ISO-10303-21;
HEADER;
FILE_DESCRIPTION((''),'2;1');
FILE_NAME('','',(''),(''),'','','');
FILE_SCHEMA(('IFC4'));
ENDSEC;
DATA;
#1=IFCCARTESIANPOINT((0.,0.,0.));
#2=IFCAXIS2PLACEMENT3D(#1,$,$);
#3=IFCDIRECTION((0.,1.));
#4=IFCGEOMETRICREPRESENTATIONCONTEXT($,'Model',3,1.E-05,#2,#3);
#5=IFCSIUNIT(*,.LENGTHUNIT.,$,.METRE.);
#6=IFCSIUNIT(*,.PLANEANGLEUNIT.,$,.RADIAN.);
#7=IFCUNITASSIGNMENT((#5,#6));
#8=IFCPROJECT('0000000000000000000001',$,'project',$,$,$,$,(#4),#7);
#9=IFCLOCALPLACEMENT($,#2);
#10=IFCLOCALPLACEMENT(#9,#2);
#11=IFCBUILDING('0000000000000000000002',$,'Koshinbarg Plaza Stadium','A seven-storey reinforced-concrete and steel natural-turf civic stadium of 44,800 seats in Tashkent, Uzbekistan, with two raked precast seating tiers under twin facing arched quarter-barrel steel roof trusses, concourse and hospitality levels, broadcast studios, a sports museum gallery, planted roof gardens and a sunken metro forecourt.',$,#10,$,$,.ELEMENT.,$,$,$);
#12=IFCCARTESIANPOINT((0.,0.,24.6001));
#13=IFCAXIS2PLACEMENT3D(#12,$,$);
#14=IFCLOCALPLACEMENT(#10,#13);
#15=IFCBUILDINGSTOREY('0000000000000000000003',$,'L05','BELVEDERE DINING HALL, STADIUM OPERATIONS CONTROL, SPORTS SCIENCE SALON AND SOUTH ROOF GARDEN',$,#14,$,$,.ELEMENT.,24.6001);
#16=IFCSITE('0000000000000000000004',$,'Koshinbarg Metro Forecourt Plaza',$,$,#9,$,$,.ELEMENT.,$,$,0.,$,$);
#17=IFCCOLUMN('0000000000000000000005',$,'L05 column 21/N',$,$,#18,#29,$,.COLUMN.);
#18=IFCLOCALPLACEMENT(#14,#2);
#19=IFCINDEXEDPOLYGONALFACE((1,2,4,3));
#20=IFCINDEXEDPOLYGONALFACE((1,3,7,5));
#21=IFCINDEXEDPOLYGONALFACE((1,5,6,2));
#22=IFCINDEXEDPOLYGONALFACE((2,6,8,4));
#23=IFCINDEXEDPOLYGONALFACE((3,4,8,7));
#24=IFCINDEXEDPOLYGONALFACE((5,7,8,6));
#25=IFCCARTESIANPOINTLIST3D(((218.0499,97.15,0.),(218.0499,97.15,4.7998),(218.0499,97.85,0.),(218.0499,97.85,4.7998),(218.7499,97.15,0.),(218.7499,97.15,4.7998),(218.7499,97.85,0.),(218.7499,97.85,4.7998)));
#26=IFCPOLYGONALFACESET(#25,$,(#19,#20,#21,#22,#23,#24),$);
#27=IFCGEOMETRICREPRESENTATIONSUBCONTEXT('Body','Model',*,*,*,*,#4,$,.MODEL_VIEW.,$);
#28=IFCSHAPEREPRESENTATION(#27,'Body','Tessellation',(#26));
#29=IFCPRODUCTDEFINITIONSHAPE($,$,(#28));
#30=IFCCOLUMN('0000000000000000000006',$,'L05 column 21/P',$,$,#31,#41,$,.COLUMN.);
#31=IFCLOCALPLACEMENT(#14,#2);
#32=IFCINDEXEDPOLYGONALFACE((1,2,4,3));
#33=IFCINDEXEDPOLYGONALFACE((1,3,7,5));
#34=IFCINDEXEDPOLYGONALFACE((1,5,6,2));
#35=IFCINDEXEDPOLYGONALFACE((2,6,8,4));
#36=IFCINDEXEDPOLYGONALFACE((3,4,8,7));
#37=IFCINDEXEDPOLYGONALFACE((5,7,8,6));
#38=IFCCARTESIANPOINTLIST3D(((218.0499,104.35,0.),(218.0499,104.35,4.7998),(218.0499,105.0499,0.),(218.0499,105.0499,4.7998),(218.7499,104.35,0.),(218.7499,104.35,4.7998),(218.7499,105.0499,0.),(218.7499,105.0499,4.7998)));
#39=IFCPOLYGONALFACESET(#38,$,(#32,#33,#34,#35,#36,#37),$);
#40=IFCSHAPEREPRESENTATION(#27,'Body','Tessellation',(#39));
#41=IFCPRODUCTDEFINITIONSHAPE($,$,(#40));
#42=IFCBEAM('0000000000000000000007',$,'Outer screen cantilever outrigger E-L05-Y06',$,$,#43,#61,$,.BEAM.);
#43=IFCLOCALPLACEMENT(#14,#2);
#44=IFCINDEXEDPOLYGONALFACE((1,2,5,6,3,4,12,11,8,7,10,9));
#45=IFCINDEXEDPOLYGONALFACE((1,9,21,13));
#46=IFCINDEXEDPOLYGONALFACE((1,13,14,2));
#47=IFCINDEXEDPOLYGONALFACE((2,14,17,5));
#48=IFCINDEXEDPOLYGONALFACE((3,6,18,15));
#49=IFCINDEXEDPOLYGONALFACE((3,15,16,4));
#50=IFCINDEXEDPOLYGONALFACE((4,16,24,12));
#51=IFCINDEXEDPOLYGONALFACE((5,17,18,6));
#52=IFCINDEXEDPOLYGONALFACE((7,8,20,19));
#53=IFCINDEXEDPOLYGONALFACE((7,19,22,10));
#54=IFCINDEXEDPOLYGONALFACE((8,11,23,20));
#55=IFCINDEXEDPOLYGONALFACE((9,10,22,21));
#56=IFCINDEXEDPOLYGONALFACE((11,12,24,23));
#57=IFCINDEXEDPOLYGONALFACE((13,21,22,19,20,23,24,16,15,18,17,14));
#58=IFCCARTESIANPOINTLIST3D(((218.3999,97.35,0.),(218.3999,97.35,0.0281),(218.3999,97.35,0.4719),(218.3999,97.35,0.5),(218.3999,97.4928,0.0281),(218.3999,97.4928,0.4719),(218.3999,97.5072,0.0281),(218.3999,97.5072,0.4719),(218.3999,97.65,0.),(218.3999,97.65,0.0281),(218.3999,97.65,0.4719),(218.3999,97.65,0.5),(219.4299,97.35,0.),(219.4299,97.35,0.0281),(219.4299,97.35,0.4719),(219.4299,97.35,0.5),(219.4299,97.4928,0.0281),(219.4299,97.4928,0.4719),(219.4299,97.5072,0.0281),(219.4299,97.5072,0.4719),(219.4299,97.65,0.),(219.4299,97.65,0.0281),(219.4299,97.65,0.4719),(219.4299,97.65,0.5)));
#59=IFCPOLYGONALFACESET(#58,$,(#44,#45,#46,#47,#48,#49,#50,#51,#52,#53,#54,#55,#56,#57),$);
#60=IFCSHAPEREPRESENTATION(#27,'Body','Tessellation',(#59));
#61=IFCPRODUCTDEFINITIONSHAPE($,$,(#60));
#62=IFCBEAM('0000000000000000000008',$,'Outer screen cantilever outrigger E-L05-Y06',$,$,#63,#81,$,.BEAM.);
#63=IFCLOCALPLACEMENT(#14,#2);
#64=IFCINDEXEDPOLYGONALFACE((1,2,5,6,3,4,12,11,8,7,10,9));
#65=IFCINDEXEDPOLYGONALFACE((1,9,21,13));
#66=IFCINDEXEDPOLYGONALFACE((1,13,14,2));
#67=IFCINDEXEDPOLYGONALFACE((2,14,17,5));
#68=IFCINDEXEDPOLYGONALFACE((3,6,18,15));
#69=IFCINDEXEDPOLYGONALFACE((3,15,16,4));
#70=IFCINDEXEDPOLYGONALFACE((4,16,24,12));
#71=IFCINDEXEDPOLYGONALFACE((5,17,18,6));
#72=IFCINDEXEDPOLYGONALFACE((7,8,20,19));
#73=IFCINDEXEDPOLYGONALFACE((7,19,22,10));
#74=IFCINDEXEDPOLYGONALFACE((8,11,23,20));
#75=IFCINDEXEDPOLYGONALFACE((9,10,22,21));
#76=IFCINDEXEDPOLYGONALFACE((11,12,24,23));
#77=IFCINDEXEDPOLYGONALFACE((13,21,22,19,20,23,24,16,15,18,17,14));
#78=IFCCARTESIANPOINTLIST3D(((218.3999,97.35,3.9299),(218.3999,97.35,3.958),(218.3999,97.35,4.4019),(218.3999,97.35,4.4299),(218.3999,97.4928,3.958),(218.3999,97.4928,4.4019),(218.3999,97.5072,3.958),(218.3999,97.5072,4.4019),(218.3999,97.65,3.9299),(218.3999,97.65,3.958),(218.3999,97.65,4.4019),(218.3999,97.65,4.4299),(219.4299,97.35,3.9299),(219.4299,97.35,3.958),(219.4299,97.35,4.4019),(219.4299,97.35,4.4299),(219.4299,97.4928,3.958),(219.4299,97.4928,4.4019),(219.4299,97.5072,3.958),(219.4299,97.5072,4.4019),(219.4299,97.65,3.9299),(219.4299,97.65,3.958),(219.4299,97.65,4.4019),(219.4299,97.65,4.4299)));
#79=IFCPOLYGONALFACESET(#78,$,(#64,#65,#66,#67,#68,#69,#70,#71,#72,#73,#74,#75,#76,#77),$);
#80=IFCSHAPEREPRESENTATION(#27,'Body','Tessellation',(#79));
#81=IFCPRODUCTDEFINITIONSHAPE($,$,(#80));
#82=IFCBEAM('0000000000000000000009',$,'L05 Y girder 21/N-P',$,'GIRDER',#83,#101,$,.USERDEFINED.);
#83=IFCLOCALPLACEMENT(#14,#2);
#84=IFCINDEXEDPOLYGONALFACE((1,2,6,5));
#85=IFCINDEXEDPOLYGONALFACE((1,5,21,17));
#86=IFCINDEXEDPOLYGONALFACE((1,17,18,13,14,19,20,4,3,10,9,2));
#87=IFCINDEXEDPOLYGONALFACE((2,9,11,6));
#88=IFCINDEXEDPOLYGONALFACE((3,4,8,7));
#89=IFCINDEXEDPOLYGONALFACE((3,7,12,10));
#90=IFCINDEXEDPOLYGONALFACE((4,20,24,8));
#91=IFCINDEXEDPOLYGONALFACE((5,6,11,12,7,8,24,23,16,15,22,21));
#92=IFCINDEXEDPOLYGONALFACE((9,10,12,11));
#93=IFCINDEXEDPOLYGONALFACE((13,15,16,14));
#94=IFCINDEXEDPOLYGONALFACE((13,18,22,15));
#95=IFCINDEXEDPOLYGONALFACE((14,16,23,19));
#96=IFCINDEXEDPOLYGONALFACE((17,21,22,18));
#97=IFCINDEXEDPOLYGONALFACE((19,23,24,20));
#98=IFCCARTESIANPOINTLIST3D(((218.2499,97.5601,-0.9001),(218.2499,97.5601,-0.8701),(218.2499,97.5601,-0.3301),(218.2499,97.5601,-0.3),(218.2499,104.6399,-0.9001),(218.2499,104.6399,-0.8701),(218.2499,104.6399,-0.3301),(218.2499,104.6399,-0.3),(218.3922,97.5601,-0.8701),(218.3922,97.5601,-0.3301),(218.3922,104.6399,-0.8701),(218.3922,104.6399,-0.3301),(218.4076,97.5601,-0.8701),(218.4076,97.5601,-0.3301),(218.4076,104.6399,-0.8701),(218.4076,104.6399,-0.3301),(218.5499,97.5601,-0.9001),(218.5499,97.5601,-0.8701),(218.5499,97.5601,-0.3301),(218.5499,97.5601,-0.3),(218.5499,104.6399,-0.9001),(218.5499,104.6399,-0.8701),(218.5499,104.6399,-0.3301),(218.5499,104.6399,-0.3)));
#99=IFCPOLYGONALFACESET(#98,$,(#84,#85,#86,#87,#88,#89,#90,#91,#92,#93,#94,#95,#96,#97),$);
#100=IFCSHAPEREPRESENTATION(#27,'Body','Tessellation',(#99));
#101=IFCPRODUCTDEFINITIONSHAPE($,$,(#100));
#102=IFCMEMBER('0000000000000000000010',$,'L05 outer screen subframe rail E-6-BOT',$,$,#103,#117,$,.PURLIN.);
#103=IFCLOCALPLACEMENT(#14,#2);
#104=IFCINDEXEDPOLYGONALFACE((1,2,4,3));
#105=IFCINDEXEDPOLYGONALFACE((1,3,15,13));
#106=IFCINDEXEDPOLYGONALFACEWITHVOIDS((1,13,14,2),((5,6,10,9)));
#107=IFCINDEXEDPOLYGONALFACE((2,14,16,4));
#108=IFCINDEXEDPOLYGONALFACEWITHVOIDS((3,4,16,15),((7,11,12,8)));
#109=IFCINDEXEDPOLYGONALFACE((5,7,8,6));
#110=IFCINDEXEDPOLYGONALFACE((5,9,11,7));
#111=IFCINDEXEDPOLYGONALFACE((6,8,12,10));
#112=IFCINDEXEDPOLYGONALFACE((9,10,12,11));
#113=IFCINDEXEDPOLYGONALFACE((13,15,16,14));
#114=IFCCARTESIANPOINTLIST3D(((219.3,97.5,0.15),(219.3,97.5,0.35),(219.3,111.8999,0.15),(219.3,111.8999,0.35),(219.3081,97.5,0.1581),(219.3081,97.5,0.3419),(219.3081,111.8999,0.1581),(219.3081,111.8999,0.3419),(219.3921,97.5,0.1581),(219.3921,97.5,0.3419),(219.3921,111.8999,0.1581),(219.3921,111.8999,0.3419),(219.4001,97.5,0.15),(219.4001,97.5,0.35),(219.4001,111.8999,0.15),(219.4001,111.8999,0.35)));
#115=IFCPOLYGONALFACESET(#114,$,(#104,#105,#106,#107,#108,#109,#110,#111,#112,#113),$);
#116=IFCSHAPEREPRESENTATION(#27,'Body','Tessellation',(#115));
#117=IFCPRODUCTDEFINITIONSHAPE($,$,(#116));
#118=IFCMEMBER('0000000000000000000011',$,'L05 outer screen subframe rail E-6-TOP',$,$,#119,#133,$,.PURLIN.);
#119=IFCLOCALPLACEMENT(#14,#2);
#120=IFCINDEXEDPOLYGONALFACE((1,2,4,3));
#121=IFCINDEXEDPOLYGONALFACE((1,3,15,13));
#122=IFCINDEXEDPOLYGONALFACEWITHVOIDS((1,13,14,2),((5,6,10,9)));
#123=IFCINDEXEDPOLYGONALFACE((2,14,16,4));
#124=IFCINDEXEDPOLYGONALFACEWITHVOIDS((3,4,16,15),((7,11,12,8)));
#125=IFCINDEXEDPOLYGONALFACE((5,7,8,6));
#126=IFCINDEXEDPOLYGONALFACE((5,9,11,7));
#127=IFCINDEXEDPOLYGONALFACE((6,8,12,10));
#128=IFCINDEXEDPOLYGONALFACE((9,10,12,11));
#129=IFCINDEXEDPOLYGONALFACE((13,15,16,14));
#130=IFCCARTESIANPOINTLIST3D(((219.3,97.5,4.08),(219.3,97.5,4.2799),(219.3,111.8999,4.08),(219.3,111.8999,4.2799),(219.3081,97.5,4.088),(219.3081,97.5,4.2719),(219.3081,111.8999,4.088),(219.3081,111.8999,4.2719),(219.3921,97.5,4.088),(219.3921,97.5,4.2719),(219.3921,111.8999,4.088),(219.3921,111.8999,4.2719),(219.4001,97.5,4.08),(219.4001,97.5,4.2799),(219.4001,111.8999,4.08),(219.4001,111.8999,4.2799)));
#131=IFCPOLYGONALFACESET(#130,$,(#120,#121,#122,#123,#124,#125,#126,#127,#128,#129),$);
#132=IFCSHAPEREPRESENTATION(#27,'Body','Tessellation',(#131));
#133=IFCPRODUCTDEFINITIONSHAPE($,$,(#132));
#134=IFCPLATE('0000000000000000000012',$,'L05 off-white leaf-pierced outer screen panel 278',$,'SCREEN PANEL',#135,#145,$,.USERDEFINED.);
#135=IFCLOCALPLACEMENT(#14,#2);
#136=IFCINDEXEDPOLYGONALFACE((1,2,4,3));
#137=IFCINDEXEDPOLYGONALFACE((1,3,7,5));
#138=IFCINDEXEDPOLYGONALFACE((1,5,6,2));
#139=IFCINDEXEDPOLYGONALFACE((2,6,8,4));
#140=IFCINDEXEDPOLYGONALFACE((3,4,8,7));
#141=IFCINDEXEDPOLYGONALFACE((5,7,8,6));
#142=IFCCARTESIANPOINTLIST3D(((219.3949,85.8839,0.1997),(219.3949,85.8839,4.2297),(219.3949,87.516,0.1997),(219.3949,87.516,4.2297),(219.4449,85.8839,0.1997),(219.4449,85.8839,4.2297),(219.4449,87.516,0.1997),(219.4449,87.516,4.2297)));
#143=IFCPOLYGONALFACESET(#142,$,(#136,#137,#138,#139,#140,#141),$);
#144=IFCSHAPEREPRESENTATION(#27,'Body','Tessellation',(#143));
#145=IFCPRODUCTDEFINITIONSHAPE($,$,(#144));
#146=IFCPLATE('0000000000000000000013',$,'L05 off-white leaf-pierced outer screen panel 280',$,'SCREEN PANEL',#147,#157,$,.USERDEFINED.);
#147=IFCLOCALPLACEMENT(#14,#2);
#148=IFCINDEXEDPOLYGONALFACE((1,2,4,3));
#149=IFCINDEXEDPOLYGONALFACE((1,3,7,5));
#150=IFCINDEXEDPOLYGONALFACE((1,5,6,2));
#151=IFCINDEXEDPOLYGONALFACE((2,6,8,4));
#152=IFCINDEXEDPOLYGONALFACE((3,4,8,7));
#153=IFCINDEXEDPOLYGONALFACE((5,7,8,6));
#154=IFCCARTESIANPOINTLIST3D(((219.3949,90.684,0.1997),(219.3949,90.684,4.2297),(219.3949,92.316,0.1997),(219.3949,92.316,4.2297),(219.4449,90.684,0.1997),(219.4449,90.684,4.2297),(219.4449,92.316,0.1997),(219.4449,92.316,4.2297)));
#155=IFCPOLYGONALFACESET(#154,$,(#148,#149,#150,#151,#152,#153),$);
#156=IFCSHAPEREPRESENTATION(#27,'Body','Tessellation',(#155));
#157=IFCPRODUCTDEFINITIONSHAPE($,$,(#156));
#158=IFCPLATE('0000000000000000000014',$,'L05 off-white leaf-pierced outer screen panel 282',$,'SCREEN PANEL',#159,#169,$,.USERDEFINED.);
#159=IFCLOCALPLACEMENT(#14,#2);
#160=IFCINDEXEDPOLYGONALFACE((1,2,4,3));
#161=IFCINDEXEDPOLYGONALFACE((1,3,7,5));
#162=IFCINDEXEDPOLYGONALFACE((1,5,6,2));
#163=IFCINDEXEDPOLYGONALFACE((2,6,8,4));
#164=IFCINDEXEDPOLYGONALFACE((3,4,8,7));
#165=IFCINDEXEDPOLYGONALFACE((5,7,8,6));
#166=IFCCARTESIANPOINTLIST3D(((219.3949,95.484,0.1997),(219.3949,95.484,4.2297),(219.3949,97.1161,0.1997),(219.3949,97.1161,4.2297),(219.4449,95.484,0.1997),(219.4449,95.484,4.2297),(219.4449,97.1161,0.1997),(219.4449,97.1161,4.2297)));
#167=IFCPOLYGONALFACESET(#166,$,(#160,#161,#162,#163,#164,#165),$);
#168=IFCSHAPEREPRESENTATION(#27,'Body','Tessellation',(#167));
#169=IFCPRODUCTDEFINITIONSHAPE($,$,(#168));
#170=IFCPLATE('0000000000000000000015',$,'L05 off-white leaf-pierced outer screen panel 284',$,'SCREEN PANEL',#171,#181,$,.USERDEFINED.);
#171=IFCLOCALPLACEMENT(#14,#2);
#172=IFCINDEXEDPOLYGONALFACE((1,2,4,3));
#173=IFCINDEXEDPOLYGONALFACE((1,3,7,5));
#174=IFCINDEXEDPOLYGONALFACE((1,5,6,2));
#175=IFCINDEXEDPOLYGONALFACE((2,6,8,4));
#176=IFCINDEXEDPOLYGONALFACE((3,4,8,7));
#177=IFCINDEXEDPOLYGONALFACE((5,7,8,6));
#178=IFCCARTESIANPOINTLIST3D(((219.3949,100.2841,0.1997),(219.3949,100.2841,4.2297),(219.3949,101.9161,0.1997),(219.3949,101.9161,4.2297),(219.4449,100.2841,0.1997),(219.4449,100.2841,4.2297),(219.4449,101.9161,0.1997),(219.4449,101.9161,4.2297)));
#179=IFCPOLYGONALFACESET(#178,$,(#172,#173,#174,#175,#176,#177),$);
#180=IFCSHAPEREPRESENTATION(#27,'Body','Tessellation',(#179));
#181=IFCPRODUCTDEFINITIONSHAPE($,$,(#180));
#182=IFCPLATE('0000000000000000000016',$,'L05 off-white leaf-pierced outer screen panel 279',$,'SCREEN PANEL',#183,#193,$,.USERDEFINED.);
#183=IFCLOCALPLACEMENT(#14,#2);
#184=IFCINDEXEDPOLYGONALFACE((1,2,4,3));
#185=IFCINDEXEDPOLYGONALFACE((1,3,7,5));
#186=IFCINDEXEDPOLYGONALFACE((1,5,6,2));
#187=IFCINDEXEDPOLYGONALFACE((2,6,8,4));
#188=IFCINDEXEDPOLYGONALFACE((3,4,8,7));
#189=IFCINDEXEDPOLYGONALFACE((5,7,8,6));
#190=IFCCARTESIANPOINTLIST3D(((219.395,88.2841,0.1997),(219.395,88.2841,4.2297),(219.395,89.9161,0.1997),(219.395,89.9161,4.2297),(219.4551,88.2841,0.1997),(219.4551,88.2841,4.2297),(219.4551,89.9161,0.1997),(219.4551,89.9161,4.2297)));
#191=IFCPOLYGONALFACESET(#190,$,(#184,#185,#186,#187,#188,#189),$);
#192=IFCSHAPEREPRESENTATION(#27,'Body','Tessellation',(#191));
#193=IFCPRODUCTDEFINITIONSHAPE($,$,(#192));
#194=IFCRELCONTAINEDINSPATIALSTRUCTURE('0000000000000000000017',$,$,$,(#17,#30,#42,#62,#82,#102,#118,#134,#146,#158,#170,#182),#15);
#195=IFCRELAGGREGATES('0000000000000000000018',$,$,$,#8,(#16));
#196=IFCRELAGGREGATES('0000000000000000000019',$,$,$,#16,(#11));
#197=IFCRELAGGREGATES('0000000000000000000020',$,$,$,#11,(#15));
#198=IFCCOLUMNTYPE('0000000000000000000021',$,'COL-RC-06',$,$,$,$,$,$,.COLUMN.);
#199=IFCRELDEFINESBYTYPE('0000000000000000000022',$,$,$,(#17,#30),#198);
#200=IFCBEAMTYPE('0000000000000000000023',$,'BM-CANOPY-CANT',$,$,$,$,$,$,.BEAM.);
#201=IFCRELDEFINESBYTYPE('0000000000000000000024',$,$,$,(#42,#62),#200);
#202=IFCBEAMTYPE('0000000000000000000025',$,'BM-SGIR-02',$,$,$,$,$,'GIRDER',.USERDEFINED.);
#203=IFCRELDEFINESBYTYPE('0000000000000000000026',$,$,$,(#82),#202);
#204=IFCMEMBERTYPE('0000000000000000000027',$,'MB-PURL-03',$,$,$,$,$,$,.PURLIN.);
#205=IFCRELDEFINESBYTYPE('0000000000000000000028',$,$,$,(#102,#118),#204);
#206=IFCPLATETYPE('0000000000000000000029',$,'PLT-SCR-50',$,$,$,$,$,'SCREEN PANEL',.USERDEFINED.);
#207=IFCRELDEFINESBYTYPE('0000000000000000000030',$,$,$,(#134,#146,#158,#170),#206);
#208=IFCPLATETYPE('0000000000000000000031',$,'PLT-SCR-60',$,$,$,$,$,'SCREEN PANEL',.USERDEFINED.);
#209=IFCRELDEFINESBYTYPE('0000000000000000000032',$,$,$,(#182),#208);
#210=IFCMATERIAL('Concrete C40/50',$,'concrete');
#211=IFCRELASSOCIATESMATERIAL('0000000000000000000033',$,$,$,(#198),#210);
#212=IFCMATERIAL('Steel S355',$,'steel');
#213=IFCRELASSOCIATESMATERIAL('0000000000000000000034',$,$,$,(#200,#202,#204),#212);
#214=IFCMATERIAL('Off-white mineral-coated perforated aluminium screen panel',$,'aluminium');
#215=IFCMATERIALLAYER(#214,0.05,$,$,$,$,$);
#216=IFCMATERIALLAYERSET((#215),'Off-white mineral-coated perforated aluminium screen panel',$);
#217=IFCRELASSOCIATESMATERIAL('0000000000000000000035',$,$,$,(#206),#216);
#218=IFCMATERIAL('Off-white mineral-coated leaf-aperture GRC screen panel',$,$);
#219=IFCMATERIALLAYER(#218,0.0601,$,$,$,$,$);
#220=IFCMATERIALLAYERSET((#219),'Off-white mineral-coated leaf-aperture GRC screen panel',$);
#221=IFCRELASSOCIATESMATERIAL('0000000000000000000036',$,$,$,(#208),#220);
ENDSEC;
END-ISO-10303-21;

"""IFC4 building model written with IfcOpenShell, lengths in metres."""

from ifc_helpers import new_model, si_unit, direction, frame, origin, origin_2d, place, context, subcontext, project, spatial, rectangle, hollow_rectangle, i_section, extrude, material, layer, layer_set, material_profile, profile_set, type_object, element, save


model = new_model("IFC4")

# Units and contexts
model_context = context("Model", 3, precision=1e-05, world=origin(), true_north=direction((0.0, 1.0)))
body_context = subcontext(model_context, "Body", "Model", "MODEL_VIEW")
ifc_project = project(units=[si_unit("LENGTHUNIT", "METRE"), si_unit("PLANEANGLEUNIT", "RADIAN")], contexts=[model_context])

# Site, building, storey
site_placement = place(None, origin())
site = spatial("IfcSite", under=ifc_project, at=site_placement, Name="Koshinbarg Metro Forecourt Plaza", CompositionType="ELEMENT", RefElevation=0.0)
building_placement = place(site_placement, origin())
building = spatial("IfcBuilding", under=site, at=building_placement, Name="Koshinbarg Plaza Stadium", Description="A seven-storey reinforced-concrete and steel natural-turf civic stadium of 44,800 seats in Tashkent, Uzbekistan, with two raked precast seating tiers under twin facing arched quarter-barrel steel roof trusses, concourse and hospitality levels, broadcast studios, a sports museum gallery, planted roof gardens and a sunken metro forecourt.", CompositionType="ELEMENT")
storey_placement = place(building_placement, frame((0.0, 0.0, 24.6001)))
storey = spatial("IfcBuildingStorey", under=building, at=storey_placement, Name="L05", Description="BELVEDERE DINING HALL, STADIUM OPERATIONS CONTROL, SPORTS SCIENCE SALON AND SOUTH ROOF GARDEN", CompositionType="ELEMENT", Elevation=24.6001)

# Columns
ifc_material_1 = material(Name="Concrete C40/50", Category="concrete")
ifc_material_profile_1 = material_profile(ifc_material_1, rectangle(XDim=0.7, YDim=0.7, at=origin_2d()), Name="RC 700x700")
ifc_profile_set_1 = profile_set([ifc_material_profile_1], Name="Concrete C40/50")
column_type = type_object("IfcColumnType", Name="COL-RC-06", PredefinedType="COLUMN", material=ifc_profile_set_1)
for number, where, z_axis, x_axis, name in (
    (1, (218.3999, 97.5, 0.0), (0.0, 0.0, 1.0), (1.0, 0.0, 0.0), "L05 column 21/N"),
    (2, (218.3999, 104.7, 0.0), (0.0, 0.0, 1.0), (1.0, 0.0, 0.0), "L05 column 21/P"),
):
    element("IfcColumn", number, at=place(storey_placement, frame(where, z_axis=z_axis, x_axis=x_axis)), inside=storey, type_object=column_type, Name=name, PredefinedType="COLUMN", context=body_context, shape_type="SweptSolid", body=[
        extrude(rectangle(XDim=0.7, YDim=0.7, at=origin_2d()), origin(), (0.0, 0.0, 1.0), 4.7998),
    ])

# Beams
ifc_material_2 = material(Name="Steel S355", Category="steel")
ifc_material_profile_2 = material_profile(ifc_material_2, i_section(OverallWidth=0.3, OverallDepth=0.5, WebThickness=0.0144, FlangeThickness=0.0281, at=origin_2d()), Name="HEB 500")
ifc_profile_set_2 = profile_set([ifc_material_profile_2], Name="Steel S355")
beam_type_1 = type_object("IfcBeamType", Name="BM-CANOPY-CANT", PredefinedType="BEAM", material=ifc_profile_set_2)
for number, where, z_axis, x_axis, name in (
    (3, (218.3999, 97.5, 0.25), (1.0, 0.0, 0.0), (0.0, 1.0, 0.0), "Outer screen cantilever outrigger E-L05-Y06"),
    (4, (218.3999, 97.5, 4.1799), (1.0, 0.0, 0.0), (0.0, 1.0, 0.0), "Outer screen cantilever outrigger E-L05-Y06"),
):
    element("IfcBeam", number, at=place(storey_placement, frame(where, z_axis=z_axis, x_axis=x_axis)), inside=storey, type_object=beam_type_1, Name=name, PredefinedType="BEAM", context=body_context, shape_type="SweptSolid", body=[
        extrude(i_section(OverallWidth=0.3, OverallDepth=0.5, WebThickness=0.0144, FlangeThickness=0.0281, at=origin_2d()), origin(), (0.0, 0.0, 1.0), 1.03),
    ])
ifc_material_profile_3 = material_profile(ifc_material_2, i_section(OverallWidth=0.3, OverallDepth=0.6001, WebThickness=0.0154, FlangeThickness=0.03, at=origin_2d()), Name="HEB 600")
ifc_profile_set_3 = profile_set([ifc_material_profile_3], Name="Steel S355")
beam_type_2 = type_object("IfcBeamType", Name="BM-SGIR-02", ElementType="GIRDER", PredefinedType="USERDEFINED", material=ifc_profile_set_3)
beam_placement = place(storey_placement, frame((218.3999, 97.5601, -0.6001), z_axis=(0.0, 1.0, 0.0), x_axis=(-1.0, 0.0, 0.0)))
element("IfcBeam", 5, at=beam_placement, inside=storey, type_object=beam_type_2, Name="L05 Y girder 21/N-P", ObjectType="GIRDER", PredefinedType="USERDEFINED", context=body_context, shape_type="SweptSolid", body=[
    extrude(i_section(OverallWidth=0.3, OverallDepth=0.6001, WebThickness=0.0154, FlangeThickness=0.03, at=origin_2d()), origin(), (0.0, 0.0, 1.0), 7.0798),
])

# Members
ifc_material_profile_4 = material_profile(ifc_material_2, hollow_rectangle(XDim=0.1001, YDim=0.2, WallThickness=0.0081, at=origin_2d()), Name="RHS 200x100x8")
ifc_profile_set_4 = profile_set([ifc_material_profile_4], Name="Steel S355")
member_type = type_object("IfcMemberType", Name="MB-PURL-03", PredefinedType="PURLIN", material=ifc_profile_set_4)
for number, where, z_axis, x_axis, name in (
    (6, (219.3501, 97.5, 0.25), (0.0, 1.0, 0.0), (-1.0, 0.0, 0.0), "L05 outer screen subframe rail E-6-BOT"),
    (7, (219.3501, 97.5, 4.1799), (0.0, 1.0, 0.0), (-1.0, 0.0, 0.0), "L05 outer screen subframe rail E-6-TOP"),
):
    element("IfcMember", number, at=place(storey_placement, frame(where, z_axis=z_axis, x_axis=x_axis)), inside=storey, type_object=member_type, Name=name, PredefinedType="PURLIN", context=body_context, shape_type="SweptSolid", body=[
        extrude(hollow_rectangle(XDim=0.1001, YDim=0.2, WallThickness=0.0081, at=origin_2d()), origin(), (0.0, 0.0, 1.0), 14.3999),
    ])

# Plates
ifc_material_3 = material(Name="Off-white mineral-coated perforated aluminium screen panel", Category="aluminium")
ifc_layer_1 = layer(ifc_material_3, 0.05)
ifc_layer_set_1 = layer_set([ifc_layer_1], Name="Off-white mineral-coated perforated aluminium screen panel")
plate_type_1 = type_object("IfcPlateType", Name="PLT-SCR-50", ElementType="SCREEN PANEL", PredefinedType="USERDEFINED", material=ifc_layer_set_1)
for number, where, z_axis, x_axis, name in (
    (8, (219.4199, 86.7, 0.1997), (0.0, 0.0, 1.0), (1.0, 0.0, 0.0), "L05 off-white leaf-pierced outer screen panel 278"),
    (9, (219.4199, 91.5, 0.1997), (0.0, 0.0, 1.0), (1.0, 0.0, 0.0), "L05 off-white leaf-pierced outer screen panel 280"),
    (10, (219.4199, 96.3, 0.1997), (0.0, 0.0, 1.0), (1.0, 0.0, 0.0), "L05 off-white leaf-pierced outer screen panel 282"),
    (11, (219.4199, 101.1001, 0.1997), (0.0, 0.0, 1.0), (1.0, 0.0, 0.0), "L05 off-white leaf-pierced outer screen panel 284"),
):
    element("IfcPlate", number, at=place(storey_placement, frame(where, z_axis=z_axis, x_axis=x_axis)), inside=storey, type_object=plate_type_1, Name=name, ObjectType="SCREEN PANEL", PredefinedType="USERDEFINED", context=body_context, shape_type="SweptSolid", body=[
        extrude(rectangle(XDim=0.05, YDim=1.6321, at=origin_2d()), origin(), (0.0, 0.0, 1.0), 4.03),
    ])
ifc_material_4 = material(Name="Off-white mineral-coated leaf-aperture GRC screen panel")
ifc_layer_2 = layer(ifc_material_4, 0.0601)
ifc_layer_set_2 = layer_set([ifc_layer_2], Name="Off-white mineral-coated leaf-aperture GRC screen panel")
plate_type_2 = type_object("IfcPlateType", Name="PLT-SCR-60", ElementType="SCREEN PANEL", PredefinedType="USERDEFINED", material=ifc_layer_set_2)
for number, where, z_axis, x_axis, name in (
    (12, (219.425, 89.1001, 0.1997), (0.0, 0.0, 1.0), (1.0, 0.0, 0.0), "L05 off-white leaf-pierced outer screen panel 279"),
):
    element("IfcPlate", number, at=place(storey_placement, frame(where, z_axis=z_axis, x_axis=x_axis)), inside=storey, type_object=plate_type_2, Name=name, ObjectType="SCREEN PANEL", PredefinedType="USERDEFINED", context=body_context, shape_type="SweptSolid", body=[
        extrude(rectangle(XDim=0.0601, YDim=1.6321, at=origin_2d()), origin(), (0.0, 0.0, 1.0), 4.03),
    ])

save(model, "model.ifc")
